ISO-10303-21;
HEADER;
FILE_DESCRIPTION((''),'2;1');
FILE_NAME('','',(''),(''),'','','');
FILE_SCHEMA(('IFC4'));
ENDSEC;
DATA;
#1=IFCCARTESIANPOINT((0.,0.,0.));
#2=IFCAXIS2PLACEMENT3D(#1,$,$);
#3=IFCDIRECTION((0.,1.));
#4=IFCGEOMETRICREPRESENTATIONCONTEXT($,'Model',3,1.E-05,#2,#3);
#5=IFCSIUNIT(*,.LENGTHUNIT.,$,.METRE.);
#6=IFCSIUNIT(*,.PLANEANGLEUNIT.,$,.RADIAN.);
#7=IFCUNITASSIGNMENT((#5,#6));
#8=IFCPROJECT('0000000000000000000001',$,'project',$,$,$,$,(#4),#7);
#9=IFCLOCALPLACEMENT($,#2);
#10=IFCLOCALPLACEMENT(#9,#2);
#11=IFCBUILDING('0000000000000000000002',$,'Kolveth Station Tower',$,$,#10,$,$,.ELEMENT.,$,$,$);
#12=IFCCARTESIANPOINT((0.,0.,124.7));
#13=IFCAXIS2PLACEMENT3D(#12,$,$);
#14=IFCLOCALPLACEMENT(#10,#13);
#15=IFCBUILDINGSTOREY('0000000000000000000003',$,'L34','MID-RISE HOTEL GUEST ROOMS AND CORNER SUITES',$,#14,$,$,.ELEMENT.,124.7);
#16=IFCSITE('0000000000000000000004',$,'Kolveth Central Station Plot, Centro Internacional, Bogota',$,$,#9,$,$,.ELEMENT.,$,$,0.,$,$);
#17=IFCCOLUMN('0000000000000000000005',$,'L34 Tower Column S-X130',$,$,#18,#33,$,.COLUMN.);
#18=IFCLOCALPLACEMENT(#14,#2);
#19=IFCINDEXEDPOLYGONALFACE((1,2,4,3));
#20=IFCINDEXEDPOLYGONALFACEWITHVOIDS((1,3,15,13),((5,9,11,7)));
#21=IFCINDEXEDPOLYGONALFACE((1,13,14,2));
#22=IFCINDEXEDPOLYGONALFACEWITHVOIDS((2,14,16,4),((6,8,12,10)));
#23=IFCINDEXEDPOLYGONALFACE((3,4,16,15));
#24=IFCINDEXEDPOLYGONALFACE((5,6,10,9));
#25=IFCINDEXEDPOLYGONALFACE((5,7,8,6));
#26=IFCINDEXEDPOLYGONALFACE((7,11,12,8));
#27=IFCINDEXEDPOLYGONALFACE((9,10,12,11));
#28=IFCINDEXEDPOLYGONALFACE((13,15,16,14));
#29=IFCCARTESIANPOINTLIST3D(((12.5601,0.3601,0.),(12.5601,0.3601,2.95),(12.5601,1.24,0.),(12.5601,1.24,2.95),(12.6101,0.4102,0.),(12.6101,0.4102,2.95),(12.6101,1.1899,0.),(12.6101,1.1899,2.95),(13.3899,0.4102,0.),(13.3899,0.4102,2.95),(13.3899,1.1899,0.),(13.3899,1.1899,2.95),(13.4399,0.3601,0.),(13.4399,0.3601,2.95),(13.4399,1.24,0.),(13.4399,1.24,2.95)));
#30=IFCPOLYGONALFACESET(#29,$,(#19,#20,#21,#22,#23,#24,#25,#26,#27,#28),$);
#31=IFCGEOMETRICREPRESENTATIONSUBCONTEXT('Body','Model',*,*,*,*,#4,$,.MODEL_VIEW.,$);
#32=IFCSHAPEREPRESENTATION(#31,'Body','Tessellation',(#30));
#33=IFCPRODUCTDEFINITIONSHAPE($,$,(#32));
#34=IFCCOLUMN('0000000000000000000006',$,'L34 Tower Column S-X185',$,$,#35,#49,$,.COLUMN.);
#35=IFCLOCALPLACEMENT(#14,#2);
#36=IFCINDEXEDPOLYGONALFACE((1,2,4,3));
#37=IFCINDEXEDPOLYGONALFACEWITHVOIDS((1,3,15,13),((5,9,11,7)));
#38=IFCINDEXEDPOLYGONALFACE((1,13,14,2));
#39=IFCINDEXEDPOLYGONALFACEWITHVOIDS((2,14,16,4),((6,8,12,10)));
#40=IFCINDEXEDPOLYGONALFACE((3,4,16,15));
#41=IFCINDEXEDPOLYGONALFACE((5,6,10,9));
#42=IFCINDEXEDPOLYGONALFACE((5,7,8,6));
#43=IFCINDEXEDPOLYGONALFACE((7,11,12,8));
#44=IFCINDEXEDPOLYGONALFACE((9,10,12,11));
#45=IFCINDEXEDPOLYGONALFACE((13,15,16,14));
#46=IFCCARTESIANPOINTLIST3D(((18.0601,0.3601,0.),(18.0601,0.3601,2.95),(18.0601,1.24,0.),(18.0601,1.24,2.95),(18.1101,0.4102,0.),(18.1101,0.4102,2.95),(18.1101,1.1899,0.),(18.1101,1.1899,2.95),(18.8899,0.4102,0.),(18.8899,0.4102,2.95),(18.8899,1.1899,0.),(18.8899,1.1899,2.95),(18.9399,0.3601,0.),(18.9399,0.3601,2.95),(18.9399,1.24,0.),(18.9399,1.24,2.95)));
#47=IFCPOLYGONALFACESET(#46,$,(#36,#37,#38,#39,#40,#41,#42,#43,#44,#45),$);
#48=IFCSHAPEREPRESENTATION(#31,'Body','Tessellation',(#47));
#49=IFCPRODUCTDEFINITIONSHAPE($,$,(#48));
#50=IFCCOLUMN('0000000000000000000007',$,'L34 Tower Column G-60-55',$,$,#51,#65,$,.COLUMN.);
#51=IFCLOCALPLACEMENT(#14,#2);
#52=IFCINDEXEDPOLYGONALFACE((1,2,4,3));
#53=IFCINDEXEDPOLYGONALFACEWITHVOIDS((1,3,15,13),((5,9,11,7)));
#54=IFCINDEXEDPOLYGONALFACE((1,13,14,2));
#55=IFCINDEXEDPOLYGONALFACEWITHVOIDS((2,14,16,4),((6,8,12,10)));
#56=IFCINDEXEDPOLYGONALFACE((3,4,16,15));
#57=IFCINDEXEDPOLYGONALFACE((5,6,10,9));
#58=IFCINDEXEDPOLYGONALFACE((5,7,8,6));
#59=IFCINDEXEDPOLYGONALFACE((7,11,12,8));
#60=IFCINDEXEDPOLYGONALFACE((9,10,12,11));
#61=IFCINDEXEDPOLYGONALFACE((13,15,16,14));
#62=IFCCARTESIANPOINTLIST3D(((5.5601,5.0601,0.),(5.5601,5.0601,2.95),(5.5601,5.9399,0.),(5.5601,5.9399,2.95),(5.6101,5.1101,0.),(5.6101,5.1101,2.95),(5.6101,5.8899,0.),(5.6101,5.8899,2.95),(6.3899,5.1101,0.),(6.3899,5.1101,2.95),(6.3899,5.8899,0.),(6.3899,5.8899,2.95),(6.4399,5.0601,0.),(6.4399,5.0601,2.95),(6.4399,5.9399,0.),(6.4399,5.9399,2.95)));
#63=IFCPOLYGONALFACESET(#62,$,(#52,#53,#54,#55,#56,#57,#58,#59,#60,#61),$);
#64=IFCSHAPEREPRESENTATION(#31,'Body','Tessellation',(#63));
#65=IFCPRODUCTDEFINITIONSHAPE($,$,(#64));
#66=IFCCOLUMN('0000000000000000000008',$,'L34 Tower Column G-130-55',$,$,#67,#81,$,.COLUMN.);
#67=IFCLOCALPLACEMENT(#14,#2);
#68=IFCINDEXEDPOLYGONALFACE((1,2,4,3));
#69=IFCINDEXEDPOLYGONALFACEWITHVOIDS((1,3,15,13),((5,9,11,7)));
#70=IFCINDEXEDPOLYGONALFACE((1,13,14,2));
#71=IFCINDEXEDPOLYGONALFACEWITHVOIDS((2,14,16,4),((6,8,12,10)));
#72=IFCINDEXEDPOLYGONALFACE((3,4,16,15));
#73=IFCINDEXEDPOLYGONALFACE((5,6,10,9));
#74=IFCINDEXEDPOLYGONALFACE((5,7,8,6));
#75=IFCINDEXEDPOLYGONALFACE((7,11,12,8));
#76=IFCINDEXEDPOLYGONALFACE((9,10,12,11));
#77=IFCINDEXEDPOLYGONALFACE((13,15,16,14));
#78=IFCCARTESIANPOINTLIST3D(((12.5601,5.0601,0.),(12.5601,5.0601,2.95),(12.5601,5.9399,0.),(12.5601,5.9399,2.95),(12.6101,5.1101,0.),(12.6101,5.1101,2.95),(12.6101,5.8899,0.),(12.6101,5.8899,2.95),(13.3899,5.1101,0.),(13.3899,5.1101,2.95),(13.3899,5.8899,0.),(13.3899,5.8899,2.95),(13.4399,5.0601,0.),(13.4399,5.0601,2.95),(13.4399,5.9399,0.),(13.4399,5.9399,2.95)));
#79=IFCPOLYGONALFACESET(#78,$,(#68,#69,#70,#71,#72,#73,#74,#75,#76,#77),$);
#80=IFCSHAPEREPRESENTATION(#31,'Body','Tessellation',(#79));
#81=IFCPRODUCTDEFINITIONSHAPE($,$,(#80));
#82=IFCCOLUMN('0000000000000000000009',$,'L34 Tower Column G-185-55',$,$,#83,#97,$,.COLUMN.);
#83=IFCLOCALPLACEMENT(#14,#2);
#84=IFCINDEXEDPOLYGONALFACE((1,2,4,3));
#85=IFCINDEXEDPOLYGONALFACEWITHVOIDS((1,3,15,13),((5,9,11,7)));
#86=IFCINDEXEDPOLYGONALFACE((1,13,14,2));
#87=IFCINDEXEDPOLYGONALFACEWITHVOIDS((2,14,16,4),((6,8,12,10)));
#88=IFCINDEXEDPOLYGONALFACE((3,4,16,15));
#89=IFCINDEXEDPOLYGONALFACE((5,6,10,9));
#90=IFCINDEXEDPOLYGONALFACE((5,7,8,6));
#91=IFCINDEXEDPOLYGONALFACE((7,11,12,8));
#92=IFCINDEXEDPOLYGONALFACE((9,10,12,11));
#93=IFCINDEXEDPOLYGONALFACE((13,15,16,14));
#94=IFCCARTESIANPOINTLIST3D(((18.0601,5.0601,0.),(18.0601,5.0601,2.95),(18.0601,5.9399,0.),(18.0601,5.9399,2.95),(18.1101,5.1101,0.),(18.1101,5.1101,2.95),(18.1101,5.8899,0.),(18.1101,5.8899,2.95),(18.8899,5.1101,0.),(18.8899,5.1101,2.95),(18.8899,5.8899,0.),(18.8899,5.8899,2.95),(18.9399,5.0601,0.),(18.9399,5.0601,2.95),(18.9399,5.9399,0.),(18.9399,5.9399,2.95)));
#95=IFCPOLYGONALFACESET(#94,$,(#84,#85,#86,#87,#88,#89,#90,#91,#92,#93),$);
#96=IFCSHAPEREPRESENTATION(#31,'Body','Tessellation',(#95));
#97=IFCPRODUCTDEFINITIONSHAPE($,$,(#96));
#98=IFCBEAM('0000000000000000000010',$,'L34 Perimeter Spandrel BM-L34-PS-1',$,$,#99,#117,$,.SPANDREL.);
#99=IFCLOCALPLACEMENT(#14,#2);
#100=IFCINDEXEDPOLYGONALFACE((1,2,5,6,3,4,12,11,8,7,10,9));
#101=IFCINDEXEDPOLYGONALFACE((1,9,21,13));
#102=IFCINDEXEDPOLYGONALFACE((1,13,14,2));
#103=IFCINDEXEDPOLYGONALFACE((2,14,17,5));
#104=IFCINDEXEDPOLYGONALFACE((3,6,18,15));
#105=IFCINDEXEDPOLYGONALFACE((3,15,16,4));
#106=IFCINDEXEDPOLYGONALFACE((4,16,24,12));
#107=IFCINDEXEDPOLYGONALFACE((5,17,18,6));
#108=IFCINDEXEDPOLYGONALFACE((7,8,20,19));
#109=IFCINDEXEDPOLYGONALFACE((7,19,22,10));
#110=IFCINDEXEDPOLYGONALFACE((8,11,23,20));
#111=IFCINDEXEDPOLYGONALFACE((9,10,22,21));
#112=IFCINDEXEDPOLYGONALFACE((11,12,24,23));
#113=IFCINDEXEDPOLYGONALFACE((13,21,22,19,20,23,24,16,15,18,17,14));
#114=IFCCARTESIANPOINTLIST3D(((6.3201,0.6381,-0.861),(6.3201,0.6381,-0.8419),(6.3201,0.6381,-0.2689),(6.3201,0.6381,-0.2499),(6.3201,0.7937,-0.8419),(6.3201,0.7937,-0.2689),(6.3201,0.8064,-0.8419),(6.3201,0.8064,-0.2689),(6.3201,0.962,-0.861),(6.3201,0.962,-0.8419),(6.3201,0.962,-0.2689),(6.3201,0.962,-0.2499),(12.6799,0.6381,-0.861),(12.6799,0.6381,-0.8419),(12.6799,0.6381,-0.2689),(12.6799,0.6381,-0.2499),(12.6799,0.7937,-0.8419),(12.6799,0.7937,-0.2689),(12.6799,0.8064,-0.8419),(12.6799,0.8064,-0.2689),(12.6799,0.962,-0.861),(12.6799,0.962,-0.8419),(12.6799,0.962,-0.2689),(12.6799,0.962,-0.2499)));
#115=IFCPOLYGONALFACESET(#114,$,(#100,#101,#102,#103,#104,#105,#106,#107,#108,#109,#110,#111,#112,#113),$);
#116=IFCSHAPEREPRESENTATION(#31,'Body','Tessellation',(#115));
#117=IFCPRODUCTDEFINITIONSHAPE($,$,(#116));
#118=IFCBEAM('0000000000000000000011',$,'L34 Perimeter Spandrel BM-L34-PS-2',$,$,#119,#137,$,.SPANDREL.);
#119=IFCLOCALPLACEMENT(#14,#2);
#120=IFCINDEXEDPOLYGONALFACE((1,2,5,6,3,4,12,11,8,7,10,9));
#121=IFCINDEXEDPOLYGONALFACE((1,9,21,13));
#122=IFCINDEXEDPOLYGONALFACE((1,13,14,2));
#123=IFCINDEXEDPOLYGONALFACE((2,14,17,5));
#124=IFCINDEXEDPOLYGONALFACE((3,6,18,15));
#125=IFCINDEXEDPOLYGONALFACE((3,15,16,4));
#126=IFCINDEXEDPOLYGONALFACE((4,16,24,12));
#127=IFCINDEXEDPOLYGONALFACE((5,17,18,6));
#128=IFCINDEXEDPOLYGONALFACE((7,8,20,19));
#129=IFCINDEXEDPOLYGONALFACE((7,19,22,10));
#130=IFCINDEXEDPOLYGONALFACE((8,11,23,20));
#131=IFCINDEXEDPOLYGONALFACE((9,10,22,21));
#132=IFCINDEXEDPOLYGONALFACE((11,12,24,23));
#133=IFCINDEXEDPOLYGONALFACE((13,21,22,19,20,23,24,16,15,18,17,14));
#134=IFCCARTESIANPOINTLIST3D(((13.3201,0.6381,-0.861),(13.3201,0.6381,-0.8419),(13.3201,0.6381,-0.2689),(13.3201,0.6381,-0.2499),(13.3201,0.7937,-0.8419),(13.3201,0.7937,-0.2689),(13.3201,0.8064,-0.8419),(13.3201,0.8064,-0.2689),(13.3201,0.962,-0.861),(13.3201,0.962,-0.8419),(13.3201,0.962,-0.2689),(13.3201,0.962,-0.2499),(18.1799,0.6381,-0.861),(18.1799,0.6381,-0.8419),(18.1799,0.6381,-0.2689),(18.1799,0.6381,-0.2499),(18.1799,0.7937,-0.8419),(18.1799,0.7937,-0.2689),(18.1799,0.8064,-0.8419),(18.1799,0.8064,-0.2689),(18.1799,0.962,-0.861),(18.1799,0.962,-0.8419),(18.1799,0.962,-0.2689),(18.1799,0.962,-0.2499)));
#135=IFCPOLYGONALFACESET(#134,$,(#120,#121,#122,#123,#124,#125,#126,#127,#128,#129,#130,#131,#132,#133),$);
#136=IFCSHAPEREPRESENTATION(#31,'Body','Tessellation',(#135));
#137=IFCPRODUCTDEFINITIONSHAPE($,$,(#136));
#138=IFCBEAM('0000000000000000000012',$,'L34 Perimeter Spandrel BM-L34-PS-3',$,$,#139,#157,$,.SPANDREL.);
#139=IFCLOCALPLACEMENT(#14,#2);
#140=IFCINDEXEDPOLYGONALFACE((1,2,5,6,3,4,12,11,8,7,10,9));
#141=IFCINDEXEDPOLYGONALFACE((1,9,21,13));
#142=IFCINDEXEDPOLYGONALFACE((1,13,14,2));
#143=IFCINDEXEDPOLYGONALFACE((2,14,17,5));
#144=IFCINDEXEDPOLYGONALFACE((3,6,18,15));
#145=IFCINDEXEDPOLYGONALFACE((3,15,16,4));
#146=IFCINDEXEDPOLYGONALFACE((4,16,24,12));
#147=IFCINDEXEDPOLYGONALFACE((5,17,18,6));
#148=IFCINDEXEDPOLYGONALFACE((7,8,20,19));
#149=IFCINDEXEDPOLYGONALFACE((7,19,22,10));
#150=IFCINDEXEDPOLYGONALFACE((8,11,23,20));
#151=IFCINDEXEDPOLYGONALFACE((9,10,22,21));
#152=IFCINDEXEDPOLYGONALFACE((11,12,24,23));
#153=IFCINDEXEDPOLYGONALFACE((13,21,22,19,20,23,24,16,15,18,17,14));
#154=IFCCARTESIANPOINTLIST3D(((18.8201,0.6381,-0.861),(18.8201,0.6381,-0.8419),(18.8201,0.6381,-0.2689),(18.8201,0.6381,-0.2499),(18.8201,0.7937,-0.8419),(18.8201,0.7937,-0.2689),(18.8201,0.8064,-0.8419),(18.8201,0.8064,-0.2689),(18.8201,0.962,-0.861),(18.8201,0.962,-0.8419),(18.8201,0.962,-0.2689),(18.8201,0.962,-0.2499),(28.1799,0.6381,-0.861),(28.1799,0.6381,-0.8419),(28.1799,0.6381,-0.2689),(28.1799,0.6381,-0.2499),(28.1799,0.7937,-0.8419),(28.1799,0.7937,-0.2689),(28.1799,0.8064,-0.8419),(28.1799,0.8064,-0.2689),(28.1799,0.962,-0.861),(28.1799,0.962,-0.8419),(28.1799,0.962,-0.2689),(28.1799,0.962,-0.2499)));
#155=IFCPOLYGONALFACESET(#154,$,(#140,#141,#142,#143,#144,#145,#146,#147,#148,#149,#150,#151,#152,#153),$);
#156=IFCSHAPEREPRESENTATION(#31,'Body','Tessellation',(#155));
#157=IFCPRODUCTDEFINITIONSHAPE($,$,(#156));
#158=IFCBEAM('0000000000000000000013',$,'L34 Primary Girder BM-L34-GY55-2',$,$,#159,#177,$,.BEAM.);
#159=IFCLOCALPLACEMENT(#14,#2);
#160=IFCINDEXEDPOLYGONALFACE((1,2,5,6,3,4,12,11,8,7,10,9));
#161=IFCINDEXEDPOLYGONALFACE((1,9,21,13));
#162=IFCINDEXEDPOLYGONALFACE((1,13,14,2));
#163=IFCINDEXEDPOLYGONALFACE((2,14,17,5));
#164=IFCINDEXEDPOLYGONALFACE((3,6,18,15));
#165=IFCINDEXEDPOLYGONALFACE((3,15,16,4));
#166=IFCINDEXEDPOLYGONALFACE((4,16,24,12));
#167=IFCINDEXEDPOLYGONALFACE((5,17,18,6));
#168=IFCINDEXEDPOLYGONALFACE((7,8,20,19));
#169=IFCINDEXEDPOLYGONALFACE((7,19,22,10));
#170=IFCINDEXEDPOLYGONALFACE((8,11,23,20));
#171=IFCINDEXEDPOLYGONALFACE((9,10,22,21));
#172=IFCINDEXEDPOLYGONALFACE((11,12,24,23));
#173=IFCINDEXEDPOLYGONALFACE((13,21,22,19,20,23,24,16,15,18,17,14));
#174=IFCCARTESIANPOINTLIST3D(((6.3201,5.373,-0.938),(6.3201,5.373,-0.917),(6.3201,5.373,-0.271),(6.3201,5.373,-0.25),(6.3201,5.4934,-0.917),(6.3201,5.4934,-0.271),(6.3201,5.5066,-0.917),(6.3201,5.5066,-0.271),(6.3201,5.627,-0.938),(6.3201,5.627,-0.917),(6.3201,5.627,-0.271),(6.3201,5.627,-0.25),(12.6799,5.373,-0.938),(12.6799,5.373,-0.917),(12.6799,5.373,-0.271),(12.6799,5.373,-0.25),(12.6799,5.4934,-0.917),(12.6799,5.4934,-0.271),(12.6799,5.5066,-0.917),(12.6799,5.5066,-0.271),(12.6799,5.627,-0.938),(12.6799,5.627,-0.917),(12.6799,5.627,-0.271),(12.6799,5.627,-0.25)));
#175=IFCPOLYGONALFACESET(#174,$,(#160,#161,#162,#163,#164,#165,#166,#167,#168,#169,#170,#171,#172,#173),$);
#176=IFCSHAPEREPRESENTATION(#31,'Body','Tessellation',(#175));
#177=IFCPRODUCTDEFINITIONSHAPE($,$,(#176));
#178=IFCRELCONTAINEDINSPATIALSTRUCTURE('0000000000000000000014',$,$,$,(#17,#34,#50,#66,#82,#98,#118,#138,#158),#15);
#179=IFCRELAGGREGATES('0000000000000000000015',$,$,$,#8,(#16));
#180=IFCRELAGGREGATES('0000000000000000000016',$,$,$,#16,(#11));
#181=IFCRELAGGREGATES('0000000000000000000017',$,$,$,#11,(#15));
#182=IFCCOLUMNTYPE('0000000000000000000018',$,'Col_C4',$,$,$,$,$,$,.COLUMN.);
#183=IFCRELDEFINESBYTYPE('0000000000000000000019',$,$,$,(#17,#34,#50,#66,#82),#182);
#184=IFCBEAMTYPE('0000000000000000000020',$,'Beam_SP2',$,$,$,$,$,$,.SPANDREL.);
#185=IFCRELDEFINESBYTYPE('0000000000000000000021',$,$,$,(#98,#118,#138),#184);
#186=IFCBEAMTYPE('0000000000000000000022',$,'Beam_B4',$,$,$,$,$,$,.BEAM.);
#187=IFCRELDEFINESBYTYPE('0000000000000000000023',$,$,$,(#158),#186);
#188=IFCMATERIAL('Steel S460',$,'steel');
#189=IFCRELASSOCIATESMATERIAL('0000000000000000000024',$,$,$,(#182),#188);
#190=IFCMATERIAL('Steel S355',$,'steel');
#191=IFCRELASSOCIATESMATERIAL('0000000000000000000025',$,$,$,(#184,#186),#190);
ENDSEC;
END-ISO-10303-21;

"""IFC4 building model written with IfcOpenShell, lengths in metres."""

from ifc_helpers import new_model, si_unit, direction, frame, origin, origin_2d, place, context, subcontext, project, spatial, hollow_rectangle, i_section, extrude, source, transform, mapped, material, material_profile, profile_set, type_object, element, save


model = new_model("IFC4")

# Units and contexts
model_context = context("Model", 3, precision=1e-05, world=origin(), true_north=direction((0.0, 1.0)))
body_context = subcontext(model_context, "Body", "Model", "MODEL_VIEW")
ifc_project = project(units=[si_unit("LENGTHUNIT", "METRE"), si_unit("PLANEANGLEUNIT", "RADIAN")], contexts=[model_context])

# Site, building, storey
site_placement = place(None, origin())
site = spatial("IfcSite", under=ifc_project, at=site_placement, Name="Kolveth Central Station Plot, Centro Internacional, Bogota", CompositionType="ELEMENT", RefElevation=0.0)
building_placement = place(site_placement, origin())
building = spatial("IfcBuilding", under=site, at=building_placement, Name="Kolveth Station Tower", CompositionType="ELEMENT")
storey_placement = place(building_placement, frame((0.0, 0.0, 124.7)))
storey = spatial("IfcBuildingStorey", under=building, at=storey_placement, Name="L34", Description="MID-RISE HOTEL GUEST ROOMS AND CORNER SUITES", CompositionType="ELEMENT", Elevation=124.7)

# Columns
ifc_material_1 = material(Name="Steel S460", Category="steel")
ifc_material_profile_1 = material_profile(ifc_material_1, hollow_rectangle(XDim=0.8799, YDim=0.8799, WallThickness=0.05, at=origin_2d()), Name="BOX880x880x50")
ifc_profile_set_1 = profile_set([ifc_material_profile_1], Name="Steel S460")
column_type = type_object("IfcColumnType", Name="Col_C4", PredefinedType="COLUMN", material=ifc_profile_set_1)
shared_shape_1 = source(origin(), body_context, "Body", "SweptSolid", [
    extrude(hollow_rectangle(XDim=0.8799, YDim=0.8799, WallThickness=0.05, at=origin_2d()), origin(), (0.0, 0.0, 1.0), 2.95),
])
for number, where, z_axis, x_axis, name in (
    (1, (13.0, 0.8, 0.0), (0.0, 0.0, 1.0), (1.0, 0.0, 0.0), "L34 Tower Column S-X130"),
    (2, (18.5, 0.8, 0.0), (0.0, 0.0, 1.0), (1.0, 0.0, 0.0), "L34 Tower Column S-X185"),
    (3, (6.0, 5.5, 0.0), (0.0, 0.0, 1.0), (1.0, 0.0, 0.0), "L34 Tower Column G-60-55"),
    (4, (13.0, 5.5, 0.0), (0.0, 0.0, 1.0), (1.0, 0.0, 0.0), "L34 Tower Column G-130-55"),
    (5, (18.5, 5.5, 0.0), (0.0, 0.0, 1.0), (1.0, 0.0, 0.0), "L34 Tower Column G-185-55"),
):
    element("IfcColumn", number, at=place(storey_placement, frame(where, z_axis=z_axis, x_axis=x_axis)), inside=storey, type_object=column_type, Name=name, PredefinedType="COLUMN", context=body_context, shape_type="MappedRepresentation", body=[
        mapped(shared_shape_1, transform((0.0, 0.0, 0.0), x_axis=(1.0, 0.0, 0.0), y_axis=(0.0, 1.0, 0.0), z_axis=(0.0, 0.0, 1.0), scale=1.0)),
    ])

# Beams
ifc_material_2 = material(Name="Steel S355", Category="steel")
ifc_material_profile_2 = material_profile(ifc_material_2, i_section(OverallWidth=0.324, OverallDepth=0.6111, WebThickness=0.0127, FlangeThickness=0.019, at=origin_2d()), Name="W610x155")
ifc_profile_set_2 = profile_set([ifc_material_profile_2], Name="Steel S355")
beam_type_1 = type_object("IfcBeamType", Name="Beam_SP2", PredefinedType="SPANDREL", material=ifc_profile_set_2)
shared_shape_2 = source(origin(), body_context, "Body", "SweptSolid", [
    extrude(i_section(OverallWidth=0.324, OverallDepth=0.6111, WebThickness=0.0127, FlangeThickness=0.019, at=origin_2d()), origin(), (0.0, 0.0, 1.0), 6.3599),
])
beam_1_placement = place(storey_placement, frame((6.3201, 0.8, -0.5554), z_axis=(1.0, 0.0, 0.0), x_axis=(0.0, 1.0, 0.0)))
element("IfcBeam", 6, at=beam_1_placement, inside=storey, type_object=beam_type_1, Name="L34 Perimeter Spandrel BM-L34-PS-1", PredefinedType="SPANDREL", context=body_context, shape_type="MappedRepresentation", body=[
    mapped(shared_shape_2, transform((0.0, 0.0, 0.0), x_axis=(1.0, 0.0, 0.0), y_axis=(0.0, 1.0, 0.0), z_axis=(0.0, 0.0, 1.0), scale=1.0)),
])
shared_shape_3 = source(origin(), body_context, "Body", "SweptSolid", [
    extrude(i_section(OverallWidth=0.324, OverallDepth=0.6111, WebThickness=0.0127, FlangeThickness=0.019, at=origin_2d()), origin(), (0.0, 0.0, 1.0), 4.8599),
])
beam_2_placement = place(storey_placement, frame((13.3201, 0.8, -0.5554), z_axis=(1.0, 0.0, 0.0), x_axis=(0.0, 1.0, 0.0)))
element("IfcBeam", 7, at=beam_2_placement, inside=storey, type_object=beam_type_1, Name="L34 Perimeter Spandrel BM-L34-PS-2", PredefinedType="SPANDREL", context=body_context, shape_type="MappedRepresentation", body=[
    mapped(shared_shape_3, transform((0.0, 0.0, 0.0), x_axis=(1.0, 0.0, 0.0), y_axis=(0.0, 1.0, 0.0), z_axis=(0.0, 0.0, 1.0), scale=1.0)),
])
shared_shape_4 = source(origin(), body_context, "Body", "SweptSolid", [
    extrude(i_section(OverallWidth=0.324, OverallDepth=0.6111, WebThickness=0.0127, FlangeThickness=0.019, at=origin_2d()), origin(), (0.0, 0.0, 1.0), 9.3599),
])
beam_3_placement = place(storey_placement, frame((18.8201, 0.8, -0.5554), z_axis=(1.0, 0.0, 0.0), x_axis=(0.0, 1.0, 0.0)))
element("IfcBeam", 8, at=beam_3_placement, inside=storey, type_object=beam_type_1, Name="L34 Perimeter Spandrel BM-L34-PS-3", PredefinedType="SPANDREL", context=body_context, shape_type="MappedRepresentation", body=[
    mapped(shared_shape_4, transform((0.0, 0.0, 0.0), x_axis=(1.0, 0.0, 0.0), y_axis=(0.0, 1.0, 0.0), z_axis=(0.0, 0.0, 1.0), scale=1.0)),
])
ifc_material_profile_3 = material_profile(ifc_material_2, i_section(OverallWidth=0.2539, OverallDepth=0.688, WebThickness=0.0132, FlangeThickness=0.021, at=origin_2d()), Name="W690x152")
ifc_profile_set_3 = profile_set([ifc_material_profile_3], Name="Steel S355")
beam_type_2 = type_object("IfcBeamType", Name="Beam_B4", PredefinedType="BEAM", material=ifc_profile_set_3)
shared_shape_5 = source(origin(), body_context, "Body", "SweptSolid", [
    extrude(i_section(OverallWidth=0.2539, OverallDepth=0.688, WebThickness=0.0132, FlangeThickness=0.021, at=origin_2d()), origin(), (0.0, 0.0, 1.0), 6.3599),
])
beam_4_placement = place(storey_placement, frame((6.3201, 5.5, -0.594), z_axis=(1.0, 0.0, 0.0), x_axis=(0.0, 1.0, 0.0)))
element("IfcBeam", 9, at=beam_4_placement, inside=storey, type_object=beam_type_2, Name="L34 Primary Girder BM-L34-GY55-2", PredefinedType="BEAM", context=body_context, shape_type="MappedRepresentation", body=[
    mapped(shared_shape_5, transform((0.0, 0.0, 0.0), x_axis=(1.0, 0.0, 0.0), y_axis=(0.0, 1.0, 0.0), z_axis=(0.0, 0.0, 1.0), scale=1.0)),
])

save(model, "model.ifc")
